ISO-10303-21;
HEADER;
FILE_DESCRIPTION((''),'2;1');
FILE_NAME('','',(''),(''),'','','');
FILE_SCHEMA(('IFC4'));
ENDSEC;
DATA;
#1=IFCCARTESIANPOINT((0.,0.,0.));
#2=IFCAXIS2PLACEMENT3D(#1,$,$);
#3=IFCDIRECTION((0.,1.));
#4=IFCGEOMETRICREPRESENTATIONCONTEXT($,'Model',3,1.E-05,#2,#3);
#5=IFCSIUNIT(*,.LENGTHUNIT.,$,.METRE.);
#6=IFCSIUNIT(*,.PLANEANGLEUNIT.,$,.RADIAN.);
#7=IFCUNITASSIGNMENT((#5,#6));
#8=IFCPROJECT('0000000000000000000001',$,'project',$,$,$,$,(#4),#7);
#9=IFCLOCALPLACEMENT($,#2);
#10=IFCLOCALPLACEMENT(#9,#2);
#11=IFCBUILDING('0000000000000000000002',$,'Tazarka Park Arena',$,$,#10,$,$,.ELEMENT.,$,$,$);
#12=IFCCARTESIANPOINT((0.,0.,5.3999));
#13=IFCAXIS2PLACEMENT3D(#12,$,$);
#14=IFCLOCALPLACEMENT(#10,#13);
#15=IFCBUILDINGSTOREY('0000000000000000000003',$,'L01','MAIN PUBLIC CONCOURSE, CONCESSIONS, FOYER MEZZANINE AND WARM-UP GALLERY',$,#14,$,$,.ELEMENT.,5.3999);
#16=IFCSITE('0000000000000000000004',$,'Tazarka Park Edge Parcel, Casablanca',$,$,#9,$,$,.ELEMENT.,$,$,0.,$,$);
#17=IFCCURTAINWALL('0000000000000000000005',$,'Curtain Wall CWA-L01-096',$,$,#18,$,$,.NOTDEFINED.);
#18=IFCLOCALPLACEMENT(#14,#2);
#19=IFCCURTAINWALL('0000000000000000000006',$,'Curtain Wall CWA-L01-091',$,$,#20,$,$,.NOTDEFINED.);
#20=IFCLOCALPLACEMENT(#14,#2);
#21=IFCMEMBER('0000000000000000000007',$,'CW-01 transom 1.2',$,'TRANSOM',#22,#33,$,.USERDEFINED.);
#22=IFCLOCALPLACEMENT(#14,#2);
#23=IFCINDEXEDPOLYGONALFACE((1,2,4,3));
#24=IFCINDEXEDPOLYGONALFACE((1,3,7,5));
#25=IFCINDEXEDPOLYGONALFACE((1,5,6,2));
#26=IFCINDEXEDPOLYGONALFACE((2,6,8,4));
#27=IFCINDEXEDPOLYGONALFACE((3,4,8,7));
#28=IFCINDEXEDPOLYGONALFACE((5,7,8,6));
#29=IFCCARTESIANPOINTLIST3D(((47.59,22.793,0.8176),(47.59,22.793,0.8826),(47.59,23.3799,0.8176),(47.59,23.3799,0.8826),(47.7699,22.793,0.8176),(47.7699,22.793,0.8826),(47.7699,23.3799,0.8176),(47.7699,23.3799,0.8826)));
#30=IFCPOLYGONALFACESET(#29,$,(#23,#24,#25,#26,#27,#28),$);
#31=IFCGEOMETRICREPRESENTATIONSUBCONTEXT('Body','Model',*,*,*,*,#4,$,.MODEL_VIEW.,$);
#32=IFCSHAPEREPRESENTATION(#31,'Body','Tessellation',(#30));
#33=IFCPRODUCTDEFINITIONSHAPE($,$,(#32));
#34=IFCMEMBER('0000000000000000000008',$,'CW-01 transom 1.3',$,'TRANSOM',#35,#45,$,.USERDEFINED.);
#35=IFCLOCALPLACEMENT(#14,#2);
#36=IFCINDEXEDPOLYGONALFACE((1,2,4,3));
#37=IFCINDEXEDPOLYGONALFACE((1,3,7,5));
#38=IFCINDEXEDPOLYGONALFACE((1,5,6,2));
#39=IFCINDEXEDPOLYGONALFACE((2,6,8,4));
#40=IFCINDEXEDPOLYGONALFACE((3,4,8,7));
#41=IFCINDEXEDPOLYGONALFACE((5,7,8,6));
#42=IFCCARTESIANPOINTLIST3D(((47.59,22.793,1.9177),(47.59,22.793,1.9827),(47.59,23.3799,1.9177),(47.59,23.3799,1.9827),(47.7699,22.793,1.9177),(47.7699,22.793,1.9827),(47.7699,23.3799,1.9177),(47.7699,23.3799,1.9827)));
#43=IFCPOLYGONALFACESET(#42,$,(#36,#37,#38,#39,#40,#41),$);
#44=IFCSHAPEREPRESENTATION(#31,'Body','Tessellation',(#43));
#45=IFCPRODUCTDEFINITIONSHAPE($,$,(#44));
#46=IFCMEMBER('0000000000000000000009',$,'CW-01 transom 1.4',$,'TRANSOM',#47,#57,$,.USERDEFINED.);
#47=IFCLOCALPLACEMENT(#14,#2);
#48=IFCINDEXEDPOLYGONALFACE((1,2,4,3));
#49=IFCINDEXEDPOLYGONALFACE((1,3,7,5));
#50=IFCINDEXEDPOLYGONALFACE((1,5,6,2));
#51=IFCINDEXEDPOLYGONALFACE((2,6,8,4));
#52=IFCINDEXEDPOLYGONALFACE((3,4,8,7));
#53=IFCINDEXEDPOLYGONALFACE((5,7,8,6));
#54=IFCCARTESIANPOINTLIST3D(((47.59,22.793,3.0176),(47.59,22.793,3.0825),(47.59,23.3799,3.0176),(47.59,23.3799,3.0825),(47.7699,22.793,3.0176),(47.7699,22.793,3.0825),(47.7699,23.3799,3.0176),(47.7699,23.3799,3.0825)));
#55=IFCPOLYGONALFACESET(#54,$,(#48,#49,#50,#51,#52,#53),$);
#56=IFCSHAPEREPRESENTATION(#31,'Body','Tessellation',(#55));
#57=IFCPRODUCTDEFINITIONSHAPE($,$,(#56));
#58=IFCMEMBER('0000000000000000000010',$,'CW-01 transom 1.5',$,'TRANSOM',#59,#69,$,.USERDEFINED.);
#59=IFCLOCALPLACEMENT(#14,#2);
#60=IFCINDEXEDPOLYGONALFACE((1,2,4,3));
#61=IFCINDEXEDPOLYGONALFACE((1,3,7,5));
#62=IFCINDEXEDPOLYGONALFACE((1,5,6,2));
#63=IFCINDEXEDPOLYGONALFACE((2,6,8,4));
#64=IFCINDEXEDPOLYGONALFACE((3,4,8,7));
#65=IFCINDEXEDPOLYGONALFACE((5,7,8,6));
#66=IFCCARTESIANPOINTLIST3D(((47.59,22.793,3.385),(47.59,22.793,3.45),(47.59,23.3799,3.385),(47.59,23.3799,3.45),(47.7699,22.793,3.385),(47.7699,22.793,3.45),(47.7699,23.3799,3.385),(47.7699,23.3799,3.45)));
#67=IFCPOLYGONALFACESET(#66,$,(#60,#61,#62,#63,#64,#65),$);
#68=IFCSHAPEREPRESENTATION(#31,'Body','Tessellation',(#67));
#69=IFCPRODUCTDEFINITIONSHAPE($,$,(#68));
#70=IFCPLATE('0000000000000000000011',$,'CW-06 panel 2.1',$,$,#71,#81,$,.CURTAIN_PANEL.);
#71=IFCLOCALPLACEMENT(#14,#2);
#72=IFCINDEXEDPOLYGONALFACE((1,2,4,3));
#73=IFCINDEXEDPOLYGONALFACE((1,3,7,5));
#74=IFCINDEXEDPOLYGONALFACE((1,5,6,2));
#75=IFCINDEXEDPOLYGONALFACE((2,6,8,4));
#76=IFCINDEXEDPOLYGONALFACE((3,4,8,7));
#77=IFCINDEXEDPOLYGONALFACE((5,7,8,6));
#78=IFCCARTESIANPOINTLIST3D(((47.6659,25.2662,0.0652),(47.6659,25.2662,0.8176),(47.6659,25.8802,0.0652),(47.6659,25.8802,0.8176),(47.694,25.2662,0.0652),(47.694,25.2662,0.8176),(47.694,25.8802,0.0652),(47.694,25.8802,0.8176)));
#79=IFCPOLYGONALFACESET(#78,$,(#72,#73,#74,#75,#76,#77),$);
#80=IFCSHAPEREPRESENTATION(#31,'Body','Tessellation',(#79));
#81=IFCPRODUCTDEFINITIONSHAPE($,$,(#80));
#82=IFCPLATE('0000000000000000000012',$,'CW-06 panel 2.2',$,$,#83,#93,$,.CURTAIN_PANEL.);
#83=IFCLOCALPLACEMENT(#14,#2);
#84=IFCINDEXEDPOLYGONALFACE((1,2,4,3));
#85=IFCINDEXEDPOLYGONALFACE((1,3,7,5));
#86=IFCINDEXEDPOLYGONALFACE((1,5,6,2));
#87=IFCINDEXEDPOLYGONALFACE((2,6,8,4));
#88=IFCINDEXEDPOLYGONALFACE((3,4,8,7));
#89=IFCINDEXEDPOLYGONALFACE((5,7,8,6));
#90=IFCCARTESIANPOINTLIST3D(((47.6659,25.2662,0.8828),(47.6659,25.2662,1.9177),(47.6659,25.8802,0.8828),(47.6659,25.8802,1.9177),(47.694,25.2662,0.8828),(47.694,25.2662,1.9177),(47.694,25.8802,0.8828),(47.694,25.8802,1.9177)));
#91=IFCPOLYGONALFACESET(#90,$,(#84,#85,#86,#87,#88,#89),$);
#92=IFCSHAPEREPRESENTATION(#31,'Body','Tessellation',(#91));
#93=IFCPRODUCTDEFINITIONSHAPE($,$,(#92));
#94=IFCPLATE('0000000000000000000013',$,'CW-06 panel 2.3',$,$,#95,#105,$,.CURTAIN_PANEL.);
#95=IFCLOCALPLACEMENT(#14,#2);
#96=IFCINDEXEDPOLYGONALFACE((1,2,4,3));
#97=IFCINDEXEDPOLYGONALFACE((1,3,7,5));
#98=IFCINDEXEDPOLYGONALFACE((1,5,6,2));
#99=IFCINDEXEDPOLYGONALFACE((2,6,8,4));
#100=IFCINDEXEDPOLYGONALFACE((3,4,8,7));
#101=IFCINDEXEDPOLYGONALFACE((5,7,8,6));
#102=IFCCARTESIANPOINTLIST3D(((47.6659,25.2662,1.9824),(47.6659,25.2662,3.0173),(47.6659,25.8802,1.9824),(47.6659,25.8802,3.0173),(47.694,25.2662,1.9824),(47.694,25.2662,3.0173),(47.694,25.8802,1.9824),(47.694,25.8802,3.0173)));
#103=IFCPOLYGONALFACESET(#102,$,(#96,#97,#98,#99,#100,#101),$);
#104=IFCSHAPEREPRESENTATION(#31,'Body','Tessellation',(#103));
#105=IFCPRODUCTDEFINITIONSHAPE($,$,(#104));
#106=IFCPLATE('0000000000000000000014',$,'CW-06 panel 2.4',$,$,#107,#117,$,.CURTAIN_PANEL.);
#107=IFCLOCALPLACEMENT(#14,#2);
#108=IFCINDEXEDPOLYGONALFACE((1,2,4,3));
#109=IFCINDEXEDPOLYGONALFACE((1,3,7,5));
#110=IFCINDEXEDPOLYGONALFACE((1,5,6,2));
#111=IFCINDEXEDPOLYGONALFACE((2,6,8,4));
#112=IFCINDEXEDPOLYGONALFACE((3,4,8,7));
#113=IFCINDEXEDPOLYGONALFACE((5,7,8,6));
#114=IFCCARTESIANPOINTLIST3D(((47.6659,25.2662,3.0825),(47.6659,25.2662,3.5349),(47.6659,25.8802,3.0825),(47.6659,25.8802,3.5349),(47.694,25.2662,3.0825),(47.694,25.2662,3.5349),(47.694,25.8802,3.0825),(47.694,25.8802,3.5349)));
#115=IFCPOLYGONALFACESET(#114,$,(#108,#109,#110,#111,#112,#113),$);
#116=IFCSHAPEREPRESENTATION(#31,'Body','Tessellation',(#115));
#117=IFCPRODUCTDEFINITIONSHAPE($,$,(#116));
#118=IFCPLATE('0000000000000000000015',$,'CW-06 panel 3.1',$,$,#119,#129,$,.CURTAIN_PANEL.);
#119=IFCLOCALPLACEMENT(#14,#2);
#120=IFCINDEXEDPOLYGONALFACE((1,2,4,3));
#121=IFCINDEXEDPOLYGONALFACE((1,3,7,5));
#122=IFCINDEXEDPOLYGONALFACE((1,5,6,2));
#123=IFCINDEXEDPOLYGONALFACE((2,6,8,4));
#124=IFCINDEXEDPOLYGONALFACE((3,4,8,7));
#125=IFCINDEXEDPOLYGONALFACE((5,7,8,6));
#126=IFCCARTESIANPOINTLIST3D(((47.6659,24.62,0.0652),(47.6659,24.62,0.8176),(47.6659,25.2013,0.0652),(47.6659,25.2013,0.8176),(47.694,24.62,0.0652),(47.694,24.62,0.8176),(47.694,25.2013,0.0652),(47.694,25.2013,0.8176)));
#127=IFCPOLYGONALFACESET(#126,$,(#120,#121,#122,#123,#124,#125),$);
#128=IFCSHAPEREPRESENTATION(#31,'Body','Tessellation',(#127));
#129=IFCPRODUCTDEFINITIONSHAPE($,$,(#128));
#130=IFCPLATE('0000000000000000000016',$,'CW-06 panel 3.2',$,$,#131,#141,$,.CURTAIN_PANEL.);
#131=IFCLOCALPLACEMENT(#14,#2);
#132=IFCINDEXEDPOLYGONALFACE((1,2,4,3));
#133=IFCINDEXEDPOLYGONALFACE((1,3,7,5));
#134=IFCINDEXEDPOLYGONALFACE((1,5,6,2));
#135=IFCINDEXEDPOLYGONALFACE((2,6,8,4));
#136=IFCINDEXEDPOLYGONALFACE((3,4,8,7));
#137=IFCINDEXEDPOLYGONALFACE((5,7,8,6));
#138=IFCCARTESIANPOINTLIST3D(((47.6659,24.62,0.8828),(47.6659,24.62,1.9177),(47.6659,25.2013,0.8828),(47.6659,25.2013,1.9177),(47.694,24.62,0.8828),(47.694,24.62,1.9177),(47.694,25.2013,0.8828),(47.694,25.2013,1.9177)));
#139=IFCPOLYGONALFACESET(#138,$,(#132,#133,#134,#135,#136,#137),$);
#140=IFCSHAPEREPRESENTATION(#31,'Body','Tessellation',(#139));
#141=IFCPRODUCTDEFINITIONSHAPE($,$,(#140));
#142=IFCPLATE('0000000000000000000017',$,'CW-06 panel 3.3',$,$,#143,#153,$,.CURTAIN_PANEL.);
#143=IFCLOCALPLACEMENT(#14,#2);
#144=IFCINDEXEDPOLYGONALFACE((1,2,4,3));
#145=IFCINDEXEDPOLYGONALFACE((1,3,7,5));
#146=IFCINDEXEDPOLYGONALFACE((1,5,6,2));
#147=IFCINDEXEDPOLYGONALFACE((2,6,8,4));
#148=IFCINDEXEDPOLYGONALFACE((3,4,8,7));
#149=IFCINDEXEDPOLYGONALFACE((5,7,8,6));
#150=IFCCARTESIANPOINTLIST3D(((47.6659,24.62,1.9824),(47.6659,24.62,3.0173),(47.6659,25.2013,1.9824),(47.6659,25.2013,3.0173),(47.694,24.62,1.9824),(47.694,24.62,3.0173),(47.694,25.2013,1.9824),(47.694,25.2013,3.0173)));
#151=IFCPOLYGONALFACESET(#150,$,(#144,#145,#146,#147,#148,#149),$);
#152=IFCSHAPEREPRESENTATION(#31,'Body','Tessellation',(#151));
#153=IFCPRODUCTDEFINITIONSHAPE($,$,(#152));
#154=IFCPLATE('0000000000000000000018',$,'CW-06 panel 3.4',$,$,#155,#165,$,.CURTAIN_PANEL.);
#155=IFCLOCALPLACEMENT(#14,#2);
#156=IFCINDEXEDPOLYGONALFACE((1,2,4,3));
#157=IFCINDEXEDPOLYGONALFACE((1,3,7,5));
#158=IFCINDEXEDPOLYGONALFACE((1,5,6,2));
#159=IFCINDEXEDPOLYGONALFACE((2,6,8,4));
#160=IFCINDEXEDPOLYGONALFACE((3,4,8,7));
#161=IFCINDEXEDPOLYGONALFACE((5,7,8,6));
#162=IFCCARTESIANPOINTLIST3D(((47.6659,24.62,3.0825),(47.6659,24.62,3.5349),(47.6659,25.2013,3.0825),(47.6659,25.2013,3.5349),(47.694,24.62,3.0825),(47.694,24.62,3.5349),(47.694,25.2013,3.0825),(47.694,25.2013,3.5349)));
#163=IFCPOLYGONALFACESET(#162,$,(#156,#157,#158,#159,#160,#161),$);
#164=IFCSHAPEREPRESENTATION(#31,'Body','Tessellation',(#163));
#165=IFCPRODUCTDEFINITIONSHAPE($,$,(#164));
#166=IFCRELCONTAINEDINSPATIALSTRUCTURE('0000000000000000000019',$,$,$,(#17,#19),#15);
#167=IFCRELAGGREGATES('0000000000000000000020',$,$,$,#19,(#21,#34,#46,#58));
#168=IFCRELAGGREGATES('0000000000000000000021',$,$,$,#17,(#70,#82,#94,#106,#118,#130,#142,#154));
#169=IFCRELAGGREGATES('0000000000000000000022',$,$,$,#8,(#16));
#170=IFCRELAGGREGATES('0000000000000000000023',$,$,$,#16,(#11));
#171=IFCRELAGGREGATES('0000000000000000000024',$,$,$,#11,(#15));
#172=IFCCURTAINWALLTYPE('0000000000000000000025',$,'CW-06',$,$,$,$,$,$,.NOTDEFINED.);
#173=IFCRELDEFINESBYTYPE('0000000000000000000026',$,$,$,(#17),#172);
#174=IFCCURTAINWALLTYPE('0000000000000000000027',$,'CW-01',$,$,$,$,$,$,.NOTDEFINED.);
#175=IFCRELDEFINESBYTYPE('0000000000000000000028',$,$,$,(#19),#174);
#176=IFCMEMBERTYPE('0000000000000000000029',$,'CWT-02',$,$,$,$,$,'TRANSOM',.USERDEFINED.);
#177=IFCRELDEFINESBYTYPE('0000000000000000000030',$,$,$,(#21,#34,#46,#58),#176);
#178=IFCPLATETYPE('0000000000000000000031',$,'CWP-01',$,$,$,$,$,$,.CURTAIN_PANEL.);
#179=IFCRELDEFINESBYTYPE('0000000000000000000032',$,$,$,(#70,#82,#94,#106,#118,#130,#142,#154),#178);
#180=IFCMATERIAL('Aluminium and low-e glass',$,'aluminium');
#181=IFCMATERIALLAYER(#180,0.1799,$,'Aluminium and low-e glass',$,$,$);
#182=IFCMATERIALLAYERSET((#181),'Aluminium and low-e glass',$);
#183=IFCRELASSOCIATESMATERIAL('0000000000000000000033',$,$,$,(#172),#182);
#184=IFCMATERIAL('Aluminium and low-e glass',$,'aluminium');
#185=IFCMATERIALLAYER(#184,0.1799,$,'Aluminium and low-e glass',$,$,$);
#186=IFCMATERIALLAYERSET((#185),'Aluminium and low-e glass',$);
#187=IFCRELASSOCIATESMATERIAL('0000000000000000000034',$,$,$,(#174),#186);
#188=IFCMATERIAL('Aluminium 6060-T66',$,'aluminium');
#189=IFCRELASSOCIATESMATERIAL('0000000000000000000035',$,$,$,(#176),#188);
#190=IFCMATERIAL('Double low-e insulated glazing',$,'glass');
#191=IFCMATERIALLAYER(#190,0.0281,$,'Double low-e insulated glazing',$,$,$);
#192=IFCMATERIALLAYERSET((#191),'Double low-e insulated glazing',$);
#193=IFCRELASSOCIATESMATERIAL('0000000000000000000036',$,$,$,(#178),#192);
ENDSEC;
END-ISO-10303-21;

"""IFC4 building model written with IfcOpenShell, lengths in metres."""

from ifc_helpers import new_model, si_unit, direction, frame, origin, origin_2d, place, context, subcontext, project, spatial, rectangle, extrude, material, layer, layer_set, material_profile, profile_set, type_object, element, aggregate, save


model = new_model("IFC4")

# Units and contexts
model_context = context("Model", 3, precision=1e-05, world=origin(), true_north=direction((0.0, 1.0)))
body_context = subcontext(model_context, "Body", "Model", "MODEL_VIEW")
ifc_project = project(units=[si_unit("LENGTHUNIT", "METRE"), si_unit("PLANEANGLEUNIT", "RADIAN")], contexts=[model_context])

# Site, building, storey
site_placement = place(None, origin())
site = spatial("IfcSite", under=ifc_project, at=site_placement, Name="Tazarka Park Edge Parcel, Casablanca", CompositionType="ELEMENT", RefElevation=0.0)
building_placement = place(site_placement, origin())
building = spatial("IfcBuilding", under=site, at=building_placement, Name="Tazarka Park Arena", CompositionType="ELEMENT")
storey_placement = place(building_placement, frame((0.0, 0.0, 5.3999)))
storey = spatial("IfcBuildingStorey", under=building, at=storey_placement, Name="L01", Description="MAIN PUBLIC CONCOURSE, CONCESSIONS, FOYER MEZZANINE AND WARM-UP GALLERY", CompositionType="ELEMENT", Elevation=5.3999)

# Curtain wall
ifc_material_1 = material(Name="Aluminium and low-e glass", Category="aluminium")
ifc_layer_1 = layer(ifc_material_1, 0.1799, Name="Aluminium and low-e glass")
ifc_layer_set_1 = layer_set([ifc_layer_1], Name="Aluminium and low-e glass")
curtain_wall_type_1 = type_object("IfcCurtainWallType", Name="CW-06", PredefinedType="NOTDEFINED", material=ifc_layer_set_1)
curtain_wall_1_placement = place(storey_placement, origin())
curtain_wall_1 = element("IfcCurtainWall", 1, at=curtain_wall_1_placement, inside=storey, type_object=curtain_wall_type_1, Name="Curtain Wall CWA-L01-096", PredefinedType="NOTDEFINED")

# Curtain wall
ifc_material_2 = material(Name="Aluminium and low-e glass", Category="aluminium")
ifc_layer_2 = layer(ifc_material_2, 0.1799, Name="Aluminium and low-e glass")
ifc_layer_set_2 = layer_set([ifc_layer_2], Name="Aluminium and low-e glass")
curtain_wall_type_2 = type_object("IfcCurtainWallType", Name="CW-01", PredefinedType="NOTDEFINED", material=ifc_layer_set_2)
curtain_wall_2_placement = place(storey_placement, origin())
curtain_wall_2 = element("IfcCurtainWall", 2, at=curtain_wall_2_placement, inside=storey, type_object=curtain_wall_type_2, Name="Curtain Wall CWA-L01-091", PredefinedType="NOTDEFINED")

# Members
ifc_material_3 = material(Name="Aluminium 6060-T66", Category="aluminium")
ifc_material_profile_1 = material_profile(ifc_material_3, rectangle(XDim=0.1799, YDim=0.0649, at=origin_2d()), Name="Aluminium 6060-T66")
ifc_profile_set_1 = profile_set([ifc_material_profile_1], Name="Aluminium 6060-T66")
member_type_1 = type_object("IfcMemberType", Name="CWT-02", ElementType="TRANSOM", PredefinedType="USERDEFINED", material=ifc_profile_set_1)
member_1_placement = place(storey_placement, frame((47.6799, 23.3799, 0.8501), z_axis=(0.0, -1.0, 0.0), x_axis=(1.0, 0.0, 0.0)))
member_1 = element("IfcMember", 3, at=member_1_placement, type_object=member_type_1, Name="CW-01 transom 1.2", ObjectType="TRANSOM", PredefinedType="USERDEFINED", context=body_context, shape_type="SweptSolid", body=[
    extrude(rectangle(XDim=0.1799, YDim=0.0649, at=origin_2d()), origin(), (0.0, 0.0, 1.0), 0.5869),
])
member_2_placement = place(storey_placement, frame((47.6799, 23.3799, 1.9502), z_axis=(0.0, -1.0, 0.0), x_axis=(1.0, 0.0, 0.0)))
member_2 = element("IfcMember", 4, at=member_2_placement, type_object=member_type_1, Name="CW-01 transom 1.3", ObjectType="TRANSOM", PredefinedType="USERDEFINED", context=body_context, shape_type="SweptSolid", body=[
    extrude(rectangle(XDim=0.1799, YDim=0.0649, at=origin_2d()), origin(), (0.0, 0.0, 1.0), 0.5869),
])
member_3_placement = place(storey_placement, frame((47.6799, 23.3799, 3.05), z_axis=(0.0, -1.0, 0.0), x_axis=(1.0, 0.0, 0.0)))
member_3 = element("IfcMember", 5, at=member_3_placement, type_object=member_type_1, Name="CW-01 transom 1.4", ObjectType="TRANSOM", PredefinedType="USERDEFINED", context=body_context, shape_type="SweptSolid", body=[
    extrude(rectangle(XDim=0.1799, YDim=0.0649, at=origin_2d()), origin(), (0.0, 0.0, 1.0), 0.5869),
])
member_4_placement = place(storey_placement, frame((47.6799, 23.3799, 3.4175), z_axis=(0.0, -1.0, 0.0), x_axis=(1.0, 0.0, 0.0)))
member_4 = element("IfcMember", 6, at=member_4_placement, type_object=member_type_1, Name="CW-01 transom 1.5", ObjectType="TRANSOM", PredefinedType="USERDEFINED", context=body_context, shape_type="SweptSolid", body=[
    extrude(rectangle(XDim=0.1799, YDim=0.0649, at=origin_2d()), origin(), (0.0, 0.0, 1.0), 0.5869),
])
aggregate(curtain_wall_2, [member_1, member_2, member_3, member_4])

# Plates
ifc_material_4 = material(Name="Double low-e insulated glazing", Category="glass")
ifc_layer_3 = layer(ifc_material_4, 0.0281, Name="Double low-e insulated glazing")
ifc_layer_set_3 = layer_set([ifc_layer_3], Name="Double low-e insulated glazing")
plate_type = type_object("IfcPlateType", Name="CWP-01", PredefinedType="CURTAIN_PANEL", material=ifc_layer_set_3)
plate_1_placement = place(storey_placement, frame((47.6799, 25.5732, 0.0652), z_axis=(0.0, 0.0, 1.0), x_axis=(0.0, -1.0, 0.0)))
plate_1 = element("IfcPlate", 7, at=plate_1_placement, type_object=plate_type, Name="CW-06 panel 2.1", PredefinedType="CURTAIN_PANEL", context=body_context, shape_type="SweptSolid", body=[
    extrude(rectangle(XDim=0.614, YDim=0.0281, at=origin_2d()), origin(), (0.0, 0.0, 1.0), 0.7524),
])
plate_2_placement = place(storey_placement, frame((47.6799, 25.5732, 0.8828), z_axis=(0.0, 0.0, 1.0), x_axis=(0.0, -1.0, 0.0)))
plate_2 = element("IfcPlate", 8, at=plate_2_placement, type_object=plate_type, Name="CW-06 panel 2.2", PredefinedType="CURTAIN_PANEL", context=body_context, shape_type="SweptSolid", body=[
    extrude(rectangle(XDim=0.614, YDim=0.0281, at=origin_2d()), origin(), (0.0, 0.0, 1.0), 1.0349),
])
plate_3_placement = place(storey_placement, frame((47.6799, 25.5732, 1.9824), z_axis=(0.0, 0.0, 1.0), x_axis=(0.0, -1.0, 0.0)))
plate_3 = element("IfcPlate", 9, at=plate_3_placement, type_object=plate_type, Name="CW-06 panel 2.3", PredefinedType="CURTAIN_PANEL", context=body_context, shape_type="SweptSolid", body=[
    extrude(rectangle(XDim=0.614, YDim=0.0281, at=origin_2d()), origin(), (0.0, 0.0, 1.0), 1.0349),
])
plate_4_placement = place(storey_placement, frame((47.6799, 25.5732, 3.0825), z_axis=(0.0, 0.0, 1.0), x_axis=(0.0, -1.0, 0.0)))
plate_4 = element("IfcPlate", 10, at=plate_4_placement, type_object=plate_type, Name="CW-06 panel 2.4", PredefinedType="CURTAIN_PANEL", context=body_context, shape_type="SweptSolid", body=[
    extrude(rectangle(XDim=0.614, YDim=0.0281, at=origin_2d()), origin(), (0.0, 0.0, 1.0), 0.4524),
])
plate_5_placement = place(storey_placement, frame((47.6799, 24.9106, 0.0652), z_axis=(0.0, 0.0, 1.0), x_axis=(0.0, -1.0, 0.0)))
plate_5 = element("IfcPlate", 11, at=plate_5_placement, type_object=plate_type, Name="CW-06 panel 3.1", PredefinedType="CURTAIN_PANEL", context=body_context, shape_type="SweptSolid", body=[
    extrude(rectangle(XDim=0.5813, YDim=0.0281, at=origin_2d()), origin(), (0.0, 0.0, 1.0), 0.7524),
])
plate_6_placement = place(storey_placement, frame((47.6799, 24.9106, 0.8828), z_axis=(0.0, 0.0, 1.0), x_axis=(0.0, -1.0, 0.0)))
plate_6 = element("IfcPlate", 12, at=plate_6_placement, type_object=plate_type, Name="CW-06 panel 3.2", PredefinedType="CURTAIN_PANEL", context=body_context, shape_type="SweptSolid", body=[
    extrude(rectangle(XDim=0.5813, YDim=0.0281, at=origin_2d()), origin(), (0.0, 0.0, 1.0), 1.0349),
])
plate_7_placement = place(storey_placement, frame((47.6799, 24.9106, 1.9824), z_axis=(0.0, 0.0, 1.0), x_axis=(0.0, -1.0, 0.0)))
plate_7 = element("IfcPlate", 13, at=plate_7_placement, type_object=plate_type, Name="CW-06 panel 3.3", PredefinedType="CURTAIN_PANEL", context=body_context, shape_type="SweptSolid", body=[
    extrude(rectangle(XDim=0.5813, YDim=0.0281, at=origin_2d()), origin(), (0.0, 0.0, 1.0), 1.0349),
])
plate_8_placement = place(storey_placement, frame((47.6799, 24.9106, 3.0825), z_axis=(0.0, 0.0, 1.0), x_axis=(0.0, -1.0, 0.0)))
plate_8 = element("IfcPlate", 14, at=plate_8_placement, type_object=plate_type, Name="CW-06 panel 3.4", PredefinedType="CURTAIN_PANEL", context=body_context, shape_type="SweptSolid", body=[
    extrude(rectangle(XDim=0.5813, YDim=0.0281, at=origin_2d()), origin(), (0.0, 0.0, 1.0), 0.4524),
])
aggregate(curtain_wall_1, [plate_1, plate_2, plate_3, plate_4, plate_5, plate_6, plate_7, plate_8])

save(model, "model.ifc")
